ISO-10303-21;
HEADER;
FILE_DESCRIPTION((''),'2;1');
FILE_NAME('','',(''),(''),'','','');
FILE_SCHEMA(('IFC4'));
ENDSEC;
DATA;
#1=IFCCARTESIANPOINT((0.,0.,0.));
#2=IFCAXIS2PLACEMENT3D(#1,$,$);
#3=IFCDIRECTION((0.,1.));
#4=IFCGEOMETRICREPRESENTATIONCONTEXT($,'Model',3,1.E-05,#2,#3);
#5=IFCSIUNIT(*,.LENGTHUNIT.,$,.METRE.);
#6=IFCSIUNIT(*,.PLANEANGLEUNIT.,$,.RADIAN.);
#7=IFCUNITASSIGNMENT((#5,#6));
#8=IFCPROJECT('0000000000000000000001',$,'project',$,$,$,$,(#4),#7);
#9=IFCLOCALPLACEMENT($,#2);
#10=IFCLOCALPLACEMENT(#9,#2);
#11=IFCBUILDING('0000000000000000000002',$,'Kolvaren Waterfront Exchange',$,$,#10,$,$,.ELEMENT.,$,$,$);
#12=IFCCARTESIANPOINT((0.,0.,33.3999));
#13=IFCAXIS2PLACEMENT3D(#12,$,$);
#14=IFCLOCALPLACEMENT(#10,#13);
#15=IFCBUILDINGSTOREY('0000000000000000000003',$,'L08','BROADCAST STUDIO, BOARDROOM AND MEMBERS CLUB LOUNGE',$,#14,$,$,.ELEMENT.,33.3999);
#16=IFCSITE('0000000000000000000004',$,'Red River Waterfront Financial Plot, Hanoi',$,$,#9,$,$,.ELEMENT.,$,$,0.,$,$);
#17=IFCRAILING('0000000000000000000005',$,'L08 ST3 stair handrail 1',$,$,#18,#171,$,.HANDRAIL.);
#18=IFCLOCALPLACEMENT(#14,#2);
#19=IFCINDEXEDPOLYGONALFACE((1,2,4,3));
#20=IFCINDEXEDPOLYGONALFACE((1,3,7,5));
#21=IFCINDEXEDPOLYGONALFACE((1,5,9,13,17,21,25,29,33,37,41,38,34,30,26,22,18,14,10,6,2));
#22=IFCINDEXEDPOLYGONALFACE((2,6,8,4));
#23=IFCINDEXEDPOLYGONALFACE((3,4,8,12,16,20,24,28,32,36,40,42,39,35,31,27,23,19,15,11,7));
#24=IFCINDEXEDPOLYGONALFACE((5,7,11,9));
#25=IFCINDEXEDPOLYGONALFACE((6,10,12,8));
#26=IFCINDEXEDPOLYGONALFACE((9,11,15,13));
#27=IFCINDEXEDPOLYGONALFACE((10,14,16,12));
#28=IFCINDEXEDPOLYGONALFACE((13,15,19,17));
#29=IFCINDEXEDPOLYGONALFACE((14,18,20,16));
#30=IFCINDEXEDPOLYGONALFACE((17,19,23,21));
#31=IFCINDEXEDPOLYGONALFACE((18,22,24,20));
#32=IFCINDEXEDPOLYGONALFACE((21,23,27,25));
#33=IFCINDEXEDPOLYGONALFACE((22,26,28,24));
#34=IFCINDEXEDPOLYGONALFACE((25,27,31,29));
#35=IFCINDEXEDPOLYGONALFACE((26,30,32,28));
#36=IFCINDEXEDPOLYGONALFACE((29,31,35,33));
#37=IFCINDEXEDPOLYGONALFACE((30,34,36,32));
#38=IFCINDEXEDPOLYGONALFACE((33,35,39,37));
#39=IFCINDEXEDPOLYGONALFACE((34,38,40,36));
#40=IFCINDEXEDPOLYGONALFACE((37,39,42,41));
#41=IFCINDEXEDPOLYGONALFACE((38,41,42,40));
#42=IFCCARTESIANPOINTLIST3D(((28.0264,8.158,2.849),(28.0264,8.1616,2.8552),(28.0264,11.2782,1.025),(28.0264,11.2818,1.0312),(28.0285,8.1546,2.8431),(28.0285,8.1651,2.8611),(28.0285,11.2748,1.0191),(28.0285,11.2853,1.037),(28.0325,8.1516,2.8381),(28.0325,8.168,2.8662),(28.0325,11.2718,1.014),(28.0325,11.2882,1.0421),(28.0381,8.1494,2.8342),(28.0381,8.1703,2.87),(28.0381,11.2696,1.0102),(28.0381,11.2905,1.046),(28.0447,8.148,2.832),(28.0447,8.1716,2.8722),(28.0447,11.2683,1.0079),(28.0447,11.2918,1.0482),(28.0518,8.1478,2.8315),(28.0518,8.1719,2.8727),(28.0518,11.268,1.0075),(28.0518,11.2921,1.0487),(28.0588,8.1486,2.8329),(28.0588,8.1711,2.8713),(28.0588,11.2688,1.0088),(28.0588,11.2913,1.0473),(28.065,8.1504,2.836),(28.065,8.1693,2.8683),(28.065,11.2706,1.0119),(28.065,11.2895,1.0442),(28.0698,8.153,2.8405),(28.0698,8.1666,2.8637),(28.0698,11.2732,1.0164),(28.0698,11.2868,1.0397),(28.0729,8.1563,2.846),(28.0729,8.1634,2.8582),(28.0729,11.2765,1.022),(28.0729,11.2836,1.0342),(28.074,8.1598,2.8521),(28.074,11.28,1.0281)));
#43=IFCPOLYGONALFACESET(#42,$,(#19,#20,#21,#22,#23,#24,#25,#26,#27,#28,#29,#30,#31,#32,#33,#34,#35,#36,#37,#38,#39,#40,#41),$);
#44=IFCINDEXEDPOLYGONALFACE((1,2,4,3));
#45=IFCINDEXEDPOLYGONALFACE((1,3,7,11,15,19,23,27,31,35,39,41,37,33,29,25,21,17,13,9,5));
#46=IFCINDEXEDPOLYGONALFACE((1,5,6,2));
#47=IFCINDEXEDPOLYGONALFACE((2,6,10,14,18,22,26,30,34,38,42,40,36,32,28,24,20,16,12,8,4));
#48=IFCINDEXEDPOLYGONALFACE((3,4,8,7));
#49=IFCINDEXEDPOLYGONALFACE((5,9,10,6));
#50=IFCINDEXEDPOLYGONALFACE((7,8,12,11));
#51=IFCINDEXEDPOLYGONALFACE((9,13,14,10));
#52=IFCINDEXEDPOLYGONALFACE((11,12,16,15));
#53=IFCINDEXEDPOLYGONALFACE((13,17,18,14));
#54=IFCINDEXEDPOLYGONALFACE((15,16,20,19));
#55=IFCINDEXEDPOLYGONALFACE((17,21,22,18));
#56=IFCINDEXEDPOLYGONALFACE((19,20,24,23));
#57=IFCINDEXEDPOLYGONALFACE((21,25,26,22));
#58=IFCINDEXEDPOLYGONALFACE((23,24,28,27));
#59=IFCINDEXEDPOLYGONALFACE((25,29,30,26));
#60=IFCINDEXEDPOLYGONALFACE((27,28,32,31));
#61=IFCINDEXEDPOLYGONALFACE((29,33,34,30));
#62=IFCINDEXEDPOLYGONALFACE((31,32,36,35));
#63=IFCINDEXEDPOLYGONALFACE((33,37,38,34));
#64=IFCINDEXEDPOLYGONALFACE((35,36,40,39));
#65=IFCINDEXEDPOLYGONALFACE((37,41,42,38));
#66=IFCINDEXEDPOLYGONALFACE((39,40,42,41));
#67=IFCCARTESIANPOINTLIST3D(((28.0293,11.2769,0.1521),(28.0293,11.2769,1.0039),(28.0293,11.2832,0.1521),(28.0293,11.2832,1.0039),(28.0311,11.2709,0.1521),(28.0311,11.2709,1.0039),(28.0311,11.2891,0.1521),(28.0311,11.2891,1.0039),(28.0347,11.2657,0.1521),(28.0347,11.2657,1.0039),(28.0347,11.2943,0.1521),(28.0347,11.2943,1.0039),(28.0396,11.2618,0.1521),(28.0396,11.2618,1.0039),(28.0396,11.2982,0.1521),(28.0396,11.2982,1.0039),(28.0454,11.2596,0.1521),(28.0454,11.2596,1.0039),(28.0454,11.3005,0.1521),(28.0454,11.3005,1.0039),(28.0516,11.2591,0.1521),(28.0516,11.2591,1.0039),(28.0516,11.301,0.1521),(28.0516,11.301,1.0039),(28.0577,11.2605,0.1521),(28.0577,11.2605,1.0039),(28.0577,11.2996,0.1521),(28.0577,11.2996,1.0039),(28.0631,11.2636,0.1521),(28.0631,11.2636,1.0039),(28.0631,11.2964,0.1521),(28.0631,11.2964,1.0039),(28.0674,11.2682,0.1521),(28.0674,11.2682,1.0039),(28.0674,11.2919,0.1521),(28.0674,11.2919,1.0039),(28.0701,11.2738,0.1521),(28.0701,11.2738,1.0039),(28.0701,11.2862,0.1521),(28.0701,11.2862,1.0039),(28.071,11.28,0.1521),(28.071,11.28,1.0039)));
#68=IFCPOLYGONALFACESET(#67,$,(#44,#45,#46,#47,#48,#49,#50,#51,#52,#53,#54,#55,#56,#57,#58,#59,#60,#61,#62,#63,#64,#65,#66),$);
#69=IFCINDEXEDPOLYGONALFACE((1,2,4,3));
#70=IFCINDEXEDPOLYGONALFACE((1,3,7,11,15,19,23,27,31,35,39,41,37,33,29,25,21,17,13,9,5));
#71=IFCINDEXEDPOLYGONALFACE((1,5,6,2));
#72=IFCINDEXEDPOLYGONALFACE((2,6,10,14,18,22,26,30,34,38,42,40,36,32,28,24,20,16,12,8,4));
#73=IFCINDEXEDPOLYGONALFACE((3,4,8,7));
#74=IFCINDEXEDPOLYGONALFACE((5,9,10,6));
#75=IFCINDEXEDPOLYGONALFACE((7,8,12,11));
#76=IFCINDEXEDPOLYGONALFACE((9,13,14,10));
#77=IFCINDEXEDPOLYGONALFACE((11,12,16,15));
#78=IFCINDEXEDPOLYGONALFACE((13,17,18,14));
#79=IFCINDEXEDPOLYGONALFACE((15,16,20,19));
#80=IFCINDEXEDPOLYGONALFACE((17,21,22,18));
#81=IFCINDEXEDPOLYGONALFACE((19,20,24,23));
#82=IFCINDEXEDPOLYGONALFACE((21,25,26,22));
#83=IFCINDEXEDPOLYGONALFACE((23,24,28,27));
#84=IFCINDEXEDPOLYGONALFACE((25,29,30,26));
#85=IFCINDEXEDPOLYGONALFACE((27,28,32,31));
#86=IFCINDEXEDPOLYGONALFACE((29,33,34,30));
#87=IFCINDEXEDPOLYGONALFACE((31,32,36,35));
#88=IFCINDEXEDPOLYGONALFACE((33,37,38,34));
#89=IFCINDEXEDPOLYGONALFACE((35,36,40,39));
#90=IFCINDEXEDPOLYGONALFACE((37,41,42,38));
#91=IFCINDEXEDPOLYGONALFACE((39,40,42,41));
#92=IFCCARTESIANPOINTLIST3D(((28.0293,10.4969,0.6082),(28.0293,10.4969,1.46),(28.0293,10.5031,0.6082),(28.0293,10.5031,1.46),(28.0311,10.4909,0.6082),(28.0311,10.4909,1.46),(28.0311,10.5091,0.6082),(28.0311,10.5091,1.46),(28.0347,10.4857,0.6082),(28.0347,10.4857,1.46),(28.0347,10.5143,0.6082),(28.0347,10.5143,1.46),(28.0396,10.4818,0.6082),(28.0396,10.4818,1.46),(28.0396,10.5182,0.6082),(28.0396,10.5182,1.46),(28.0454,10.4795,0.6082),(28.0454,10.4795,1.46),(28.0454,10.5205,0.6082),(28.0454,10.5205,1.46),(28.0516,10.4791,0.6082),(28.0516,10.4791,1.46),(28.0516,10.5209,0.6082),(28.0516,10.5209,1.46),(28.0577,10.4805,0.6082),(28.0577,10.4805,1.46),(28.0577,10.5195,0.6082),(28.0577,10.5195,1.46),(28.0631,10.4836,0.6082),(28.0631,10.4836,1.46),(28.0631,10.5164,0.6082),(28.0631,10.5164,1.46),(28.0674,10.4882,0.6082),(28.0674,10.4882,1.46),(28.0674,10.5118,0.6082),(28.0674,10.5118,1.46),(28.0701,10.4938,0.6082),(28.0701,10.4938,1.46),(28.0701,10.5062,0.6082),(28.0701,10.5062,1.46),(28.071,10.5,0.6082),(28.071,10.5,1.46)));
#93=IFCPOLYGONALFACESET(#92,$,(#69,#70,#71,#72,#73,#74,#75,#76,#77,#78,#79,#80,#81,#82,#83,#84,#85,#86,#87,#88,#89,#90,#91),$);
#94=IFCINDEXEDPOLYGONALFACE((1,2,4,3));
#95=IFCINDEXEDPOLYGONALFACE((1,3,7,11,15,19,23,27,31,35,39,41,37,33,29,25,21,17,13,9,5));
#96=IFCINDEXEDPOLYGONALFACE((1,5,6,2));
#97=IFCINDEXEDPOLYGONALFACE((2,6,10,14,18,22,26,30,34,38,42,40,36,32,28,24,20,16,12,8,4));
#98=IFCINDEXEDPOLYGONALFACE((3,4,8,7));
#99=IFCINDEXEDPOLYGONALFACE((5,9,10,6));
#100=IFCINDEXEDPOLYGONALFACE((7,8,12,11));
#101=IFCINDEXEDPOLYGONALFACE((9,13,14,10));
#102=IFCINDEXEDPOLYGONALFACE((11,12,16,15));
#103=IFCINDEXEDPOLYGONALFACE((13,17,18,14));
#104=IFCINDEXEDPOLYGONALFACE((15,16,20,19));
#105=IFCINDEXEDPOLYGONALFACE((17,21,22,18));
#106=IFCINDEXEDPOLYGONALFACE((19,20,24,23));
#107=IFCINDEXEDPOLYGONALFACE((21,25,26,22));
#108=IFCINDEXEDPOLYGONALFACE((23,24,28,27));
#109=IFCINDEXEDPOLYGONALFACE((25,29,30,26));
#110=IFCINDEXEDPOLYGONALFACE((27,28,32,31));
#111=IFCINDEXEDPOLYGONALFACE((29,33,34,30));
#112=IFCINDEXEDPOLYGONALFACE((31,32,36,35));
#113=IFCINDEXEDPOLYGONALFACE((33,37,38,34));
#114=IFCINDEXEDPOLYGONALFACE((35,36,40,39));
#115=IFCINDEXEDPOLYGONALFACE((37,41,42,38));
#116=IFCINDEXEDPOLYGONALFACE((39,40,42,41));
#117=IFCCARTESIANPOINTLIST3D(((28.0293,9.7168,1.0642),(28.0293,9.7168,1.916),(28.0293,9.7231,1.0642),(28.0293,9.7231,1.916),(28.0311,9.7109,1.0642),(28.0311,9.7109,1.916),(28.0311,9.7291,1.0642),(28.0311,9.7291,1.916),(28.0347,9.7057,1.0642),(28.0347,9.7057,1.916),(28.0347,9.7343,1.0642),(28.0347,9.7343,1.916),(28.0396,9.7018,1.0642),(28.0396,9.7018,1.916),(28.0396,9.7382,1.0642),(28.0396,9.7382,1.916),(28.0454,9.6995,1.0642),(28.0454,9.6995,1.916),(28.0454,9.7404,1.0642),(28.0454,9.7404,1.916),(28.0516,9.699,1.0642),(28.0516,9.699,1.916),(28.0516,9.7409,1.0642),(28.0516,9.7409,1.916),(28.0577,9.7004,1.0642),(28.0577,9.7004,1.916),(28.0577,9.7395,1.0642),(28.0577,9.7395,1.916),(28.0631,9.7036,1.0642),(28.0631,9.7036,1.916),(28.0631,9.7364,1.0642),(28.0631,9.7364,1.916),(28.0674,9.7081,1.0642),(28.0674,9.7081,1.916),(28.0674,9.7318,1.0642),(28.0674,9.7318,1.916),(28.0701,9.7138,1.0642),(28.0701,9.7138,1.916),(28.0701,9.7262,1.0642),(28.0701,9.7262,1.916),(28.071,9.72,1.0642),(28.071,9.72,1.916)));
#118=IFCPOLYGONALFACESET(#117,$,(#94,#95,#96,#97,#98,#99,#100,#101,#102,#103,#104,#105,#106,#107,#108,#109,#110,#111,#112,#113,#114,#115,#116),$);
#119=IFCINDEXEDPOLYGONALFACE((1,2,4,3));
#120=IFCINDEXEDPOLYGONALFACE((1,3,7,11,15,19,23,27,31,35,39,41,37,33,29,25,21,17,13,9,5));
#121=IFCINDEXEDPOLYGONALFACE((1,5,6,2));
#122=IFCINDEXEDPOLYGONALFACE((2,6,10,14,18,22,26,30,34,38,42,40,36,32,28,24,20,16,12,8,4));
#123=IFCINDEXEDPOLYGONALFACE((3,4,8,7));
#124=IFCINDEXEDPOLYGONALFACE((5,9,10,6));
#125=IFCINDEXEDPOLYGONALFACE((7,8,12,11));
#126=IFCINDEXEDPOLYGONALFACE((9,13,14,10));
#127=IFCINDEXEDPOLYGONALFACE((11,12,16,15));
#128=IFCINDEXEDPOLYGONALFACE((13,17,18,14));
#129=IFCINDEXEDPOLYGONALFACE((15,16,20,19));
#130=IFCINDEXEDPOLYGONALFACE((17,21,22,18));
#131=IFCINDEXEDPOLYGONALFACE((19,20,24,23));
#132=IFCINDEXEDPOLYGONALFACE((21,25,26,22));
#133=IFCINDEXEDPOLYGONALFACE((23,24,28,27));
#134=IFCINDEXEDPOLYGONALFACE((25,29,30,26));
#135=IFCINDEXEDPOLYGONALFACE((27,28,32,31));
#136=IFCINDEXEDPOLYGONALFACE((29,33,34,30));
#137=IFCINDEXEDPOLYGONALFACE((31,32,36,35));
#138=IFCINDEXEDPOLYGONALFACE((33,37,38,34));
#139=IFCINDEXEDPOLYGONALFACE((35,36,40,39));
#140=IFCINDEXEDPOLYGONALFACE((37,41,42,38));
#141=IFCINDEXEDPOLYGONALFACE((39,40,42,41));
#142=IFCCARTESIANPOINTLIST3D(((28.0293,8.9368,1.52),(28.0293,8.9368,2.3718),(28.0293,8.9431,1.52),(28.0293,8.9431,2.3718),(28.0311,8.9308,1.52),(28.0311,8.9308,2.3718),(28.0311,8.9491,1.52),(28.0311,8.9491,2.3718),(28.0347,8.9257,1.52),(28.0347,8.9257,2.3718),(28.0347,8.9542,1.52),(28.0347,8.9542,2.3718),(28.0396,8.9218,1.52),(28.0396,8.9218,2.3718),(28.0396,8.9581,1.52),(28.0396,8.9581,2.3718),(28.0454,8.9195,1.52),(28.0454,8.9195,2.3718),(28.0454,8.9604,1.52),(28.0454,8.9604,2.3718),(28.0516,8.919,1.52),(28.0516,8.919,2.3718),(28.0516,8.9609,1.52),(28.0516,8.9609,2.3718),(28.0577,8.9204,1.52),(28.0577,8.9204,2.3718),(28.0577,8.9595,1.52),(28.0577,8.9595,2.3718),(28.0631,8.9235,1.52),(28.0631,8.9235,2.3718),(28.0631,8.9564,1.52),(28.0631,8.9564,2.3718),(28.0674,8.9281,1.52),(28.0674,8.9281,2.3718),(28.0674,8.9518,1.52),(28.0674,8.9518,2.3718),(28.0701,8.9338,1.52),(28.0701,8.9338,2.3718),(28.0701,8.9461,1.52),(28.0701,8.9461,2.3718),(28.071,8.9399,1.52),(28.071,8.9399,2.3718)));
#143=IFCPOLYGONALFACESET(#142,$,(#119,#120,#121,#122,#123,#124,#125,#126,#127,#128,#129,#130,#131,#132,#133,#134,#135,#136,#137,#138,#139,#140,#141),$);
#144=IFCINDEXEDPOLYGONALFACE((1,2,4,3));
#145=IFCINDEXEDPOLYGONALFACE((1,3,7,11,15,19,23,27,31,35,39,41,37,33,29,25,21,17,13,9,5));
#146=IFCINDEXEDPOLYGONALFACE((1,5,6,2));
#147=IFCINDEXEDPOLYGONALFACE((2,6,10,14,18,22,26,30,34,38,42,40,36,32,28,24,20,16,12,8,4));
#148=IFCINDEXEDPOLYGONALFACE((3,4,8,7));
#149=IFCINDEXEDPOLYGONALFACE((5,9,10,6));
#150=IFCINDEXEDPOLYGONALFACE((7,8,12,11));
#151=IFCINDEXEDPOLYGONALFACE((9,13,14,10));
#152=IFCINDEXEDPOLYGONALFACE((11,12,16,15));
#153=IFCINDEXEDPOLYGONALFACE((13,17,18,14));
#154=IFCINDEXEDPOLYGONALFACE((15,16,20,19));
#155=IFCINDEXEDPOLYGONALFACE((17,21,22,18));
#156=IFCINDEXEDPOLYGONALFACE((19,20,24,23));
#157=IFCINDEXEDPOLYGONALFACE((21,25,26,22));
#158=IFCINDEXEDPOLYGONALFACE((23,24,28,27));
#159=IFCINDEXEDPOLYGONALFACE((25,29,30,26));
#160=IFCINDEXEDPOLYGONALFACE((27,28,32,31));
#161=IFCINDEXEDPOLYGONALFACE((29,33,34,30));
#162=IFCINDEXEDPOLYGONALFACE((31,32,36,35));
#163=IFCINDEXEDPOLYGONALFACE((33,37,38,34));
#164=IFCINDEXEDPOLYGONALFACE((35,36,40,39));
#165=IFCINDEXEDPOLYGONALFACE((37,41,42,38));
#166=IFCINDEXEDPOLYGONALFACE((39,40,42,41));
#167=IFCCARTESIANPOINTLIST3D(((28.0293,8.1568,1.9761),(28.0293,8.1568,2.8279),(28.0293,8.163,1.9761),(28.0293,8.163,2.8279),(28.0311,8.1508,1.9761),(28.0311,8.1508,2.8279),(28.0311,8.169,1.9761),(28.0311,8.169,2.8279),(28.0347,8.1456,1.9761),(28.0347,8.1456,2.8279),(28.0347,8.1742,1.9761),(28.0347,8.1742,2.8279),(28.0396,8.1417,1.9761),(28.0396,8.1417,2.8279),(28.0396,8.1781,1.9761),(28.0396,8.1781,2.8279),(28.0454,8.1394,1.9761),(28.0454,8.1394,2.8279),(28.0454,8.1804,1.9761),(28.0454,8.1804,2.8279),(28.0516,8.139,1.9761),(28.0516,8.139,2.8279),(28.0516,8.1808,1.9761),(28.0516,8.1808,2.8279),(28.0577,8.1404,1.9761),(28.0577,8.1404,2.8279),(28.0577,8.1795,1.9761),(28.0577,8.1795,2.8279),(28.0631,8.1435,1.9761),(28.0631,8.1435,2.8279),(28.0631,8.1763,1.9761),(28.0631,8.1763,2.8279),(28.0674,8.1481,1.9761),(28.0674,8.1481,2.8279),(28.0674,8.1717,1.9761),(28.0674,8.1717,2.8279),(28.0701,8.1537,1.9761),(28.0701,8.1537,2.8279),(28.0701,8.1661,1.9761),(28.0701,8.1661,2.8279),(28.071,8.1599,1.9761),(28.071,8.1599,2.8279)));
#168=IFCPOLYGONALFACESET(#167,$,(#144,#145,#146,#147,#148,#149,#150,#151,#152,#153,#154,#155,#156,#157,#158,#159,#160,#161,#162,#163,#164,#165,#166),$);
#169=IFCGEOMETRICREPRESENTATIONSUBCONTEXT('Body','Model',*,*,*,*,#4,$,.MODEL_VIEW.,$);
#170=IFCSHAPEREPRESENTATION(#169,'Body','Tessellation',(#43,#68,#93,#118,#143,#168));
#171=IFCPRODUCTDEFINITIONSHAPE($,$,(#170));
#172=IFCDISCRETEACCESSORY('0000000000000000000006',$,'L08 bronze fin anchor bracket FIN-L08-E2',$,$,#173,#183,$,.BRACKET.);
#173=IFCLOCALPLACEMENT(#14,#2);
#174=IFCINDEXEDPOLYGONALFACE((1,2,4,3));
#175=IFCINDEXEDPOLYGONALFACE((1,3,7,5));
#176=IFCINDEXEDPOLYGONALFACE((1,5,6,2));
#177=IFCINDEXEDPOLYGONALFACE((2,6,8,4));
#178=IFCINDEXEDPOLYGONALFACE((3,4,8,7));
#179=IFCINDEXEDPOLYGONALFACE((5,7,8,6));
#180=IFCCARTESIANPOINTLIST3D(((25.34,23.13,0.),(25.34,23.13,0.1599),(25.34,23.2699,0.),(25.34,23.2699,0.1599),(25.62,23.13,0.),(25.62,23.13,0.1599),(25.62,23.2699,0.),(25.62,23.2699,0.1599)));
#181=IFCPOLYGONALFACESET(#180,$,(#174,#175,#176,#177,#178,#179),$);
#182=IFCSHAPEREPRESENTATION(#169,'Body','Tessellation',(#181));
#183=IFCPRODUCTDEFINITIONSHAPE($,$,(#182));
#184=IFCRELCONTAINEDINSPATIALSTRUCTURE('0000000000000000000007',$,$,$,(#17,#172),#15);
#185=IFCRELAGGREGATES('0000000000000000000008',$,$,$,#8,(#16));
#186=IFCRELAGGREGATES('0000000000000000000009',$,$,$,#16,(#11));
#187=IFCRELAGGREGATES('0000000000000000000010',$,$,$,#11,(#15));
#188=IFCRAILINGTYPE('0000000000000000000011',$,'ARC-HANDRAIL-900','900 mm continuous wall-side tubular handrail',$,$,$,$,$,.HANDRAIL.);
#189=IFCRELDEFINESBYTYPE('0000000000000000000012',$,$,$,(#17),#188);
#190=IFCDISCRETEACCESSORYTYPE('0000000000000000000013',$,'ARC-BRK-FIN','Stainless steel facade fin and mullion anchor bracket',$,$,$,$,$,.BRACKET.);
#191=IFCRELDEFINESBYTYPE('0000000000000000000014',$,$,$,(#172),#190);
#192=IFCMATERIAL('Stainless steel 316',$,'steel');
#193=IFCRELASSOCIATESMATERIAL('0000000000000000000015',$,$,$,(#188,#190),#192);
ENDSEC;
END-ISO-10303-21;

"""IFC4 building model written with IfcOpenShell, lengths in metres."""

from ifc_helpers import new_model, si_unit, direction, frame, origin, origin_with_axes, origin_2d, place, context, subcontext, project, spatial, rectangle, circle, extrude, source, transform, mapped, material, type_object, element, save


model = new_model("IFC4")

# Units and contexts
model_context = context("Model", 3, precision=1e-05, world=origin(), true_north=direction((0.0, 1.0)))
body_context = subcontext(model_context, "Body", "Model", "MODEL_VIEW")
ifc_project = project(units=[si_unit("LENGTHUNIT", "METRE"), si_unit("PLANEANGLEUNIT", "RADIAN")], contexts=[model_context])

# Site, building, storey
site_placement = place(None, origin())
site = spatial("IfcSite", under=ifc_project, at=site_placement, Name="Red River Waterfront Financial Plot, Hanoi", CompositionType="ELEMENT", RefElevation=0.0)
building_placement = place(site_placement, origin())
building = spatial("IfcBuilding", under=site, at=building_placement, Name="Kolvaren Waterfront Exchange", CompositionType="ELEMENT")
storey_placement = place(building_placement, frame((0.0, 0.0, 33.3999)))
storey = spatial("IfcBuildingStorey", under=building, at=storey_placement, Name="L08", Description="BROADCAST STUDIO, BOARDROOM AND MEMBERS CLUB LOUNGE", CompositionType="ELEMENT", Elevation=33.3999)

# Railing
ifc_material_1 = material(Name="Stainless steel 316", Category="steel")
railing_type = type_object("IfcRailingType", Name="ARC-HANDRAIL-900", Description="900 mm continuous wall-side tubular handrail", PredefinedType="HANDRAIL", material=ifc_material_1)
railing_1_placement = place(storey_placement, frame((28.05, 11.28, 0.1521)))
element("IfcRailing", 1, at=railing_1_placement, inside=storey, type_object=railing_type, Name="L08 ST3 stair handrail 1", PredefinedType="HANDRAIL", context=body_context, shape_type="SweptSolid", body=[
    extrude(circle(Radius=0.0239, at=origin_2d()), frame((0.0, 0.0, 0.876), z_axis=(0.0, -0.863308, 0.504677), x_axis=(1.0, 0.0, 0.0)), (0.0, 0.0, 1.0), 3.6143),
    extrude(circle(Radius=0.021, at=origin_2d()), origin(), (0.0, 0.0, 1.0), 0.8518),
    extrude(circle(Radius=0.021, at=origin_2d()), frame((0.0, -0.78, 0.4561)), (0.0, 0.0, 1.0), 0.8518),
    extrude(circle(Radius=0.021, at=origin_2d()), frame((0.0, -1.5601, 0.9121)), (0.0, 0.0, 1.0), 0.8518),
    extrude(circle(Radius=0.021, at=origin_2d()), frame((0.0, -2.3401, 1.3679)), (0.0, 0.0, 1.0), 0.8518),
    extrude(circle(Radius=0.021, at=origin_2d()), frame((0.0, -3.1201, 1.824)), (0.0, 0.0, 1.0), 0.8518),
])

# Discrete accessory
discrete_accessory_type = type_object("IfcDiscreteAccessoryType", Name="ARC-BRK-FIN", Description="Stainless steel facade fin and mullion anchor bracket", PredefinedType="BRACKET", material=ifc_material_1)
shared_shape = source(origin_with_axes(), body_context, "Body", "SweptSolid", [
    extrude(rectangle(XDim=0.28, YDim=0.1399, at=origin_2d()), origin(), (0.0, 0.0, 1.0), 0.1599),
])
discrete_accessory_placement = place(storey_placement, frame((25.48, 23.2, 0.0), z_axis=(0.0, 0.0, 1.0), x_axis=(1.0, 0.0, 0.0)))
element("IfcDiscreteAccessory", 2, at=discrete_accessory_placement, inside=storey, type_object=discrete_accessory_type, Name="L08 bronze fin anchor bracket FIN-L08-E2", PredefinedType="BRACKET", context=body_context, shape_type="MappedRepresentation", body=[
    mapped(shared_shape, transform((0.0, 0.0, 0.0), x_axis=(1.0, 0.0, 0.0), y_axis=(0.0, 1.0, 0.0), z_axis=(0.0, 0.0, 1.0), scale=1.0)),
])

save(model, "model.ifc")
